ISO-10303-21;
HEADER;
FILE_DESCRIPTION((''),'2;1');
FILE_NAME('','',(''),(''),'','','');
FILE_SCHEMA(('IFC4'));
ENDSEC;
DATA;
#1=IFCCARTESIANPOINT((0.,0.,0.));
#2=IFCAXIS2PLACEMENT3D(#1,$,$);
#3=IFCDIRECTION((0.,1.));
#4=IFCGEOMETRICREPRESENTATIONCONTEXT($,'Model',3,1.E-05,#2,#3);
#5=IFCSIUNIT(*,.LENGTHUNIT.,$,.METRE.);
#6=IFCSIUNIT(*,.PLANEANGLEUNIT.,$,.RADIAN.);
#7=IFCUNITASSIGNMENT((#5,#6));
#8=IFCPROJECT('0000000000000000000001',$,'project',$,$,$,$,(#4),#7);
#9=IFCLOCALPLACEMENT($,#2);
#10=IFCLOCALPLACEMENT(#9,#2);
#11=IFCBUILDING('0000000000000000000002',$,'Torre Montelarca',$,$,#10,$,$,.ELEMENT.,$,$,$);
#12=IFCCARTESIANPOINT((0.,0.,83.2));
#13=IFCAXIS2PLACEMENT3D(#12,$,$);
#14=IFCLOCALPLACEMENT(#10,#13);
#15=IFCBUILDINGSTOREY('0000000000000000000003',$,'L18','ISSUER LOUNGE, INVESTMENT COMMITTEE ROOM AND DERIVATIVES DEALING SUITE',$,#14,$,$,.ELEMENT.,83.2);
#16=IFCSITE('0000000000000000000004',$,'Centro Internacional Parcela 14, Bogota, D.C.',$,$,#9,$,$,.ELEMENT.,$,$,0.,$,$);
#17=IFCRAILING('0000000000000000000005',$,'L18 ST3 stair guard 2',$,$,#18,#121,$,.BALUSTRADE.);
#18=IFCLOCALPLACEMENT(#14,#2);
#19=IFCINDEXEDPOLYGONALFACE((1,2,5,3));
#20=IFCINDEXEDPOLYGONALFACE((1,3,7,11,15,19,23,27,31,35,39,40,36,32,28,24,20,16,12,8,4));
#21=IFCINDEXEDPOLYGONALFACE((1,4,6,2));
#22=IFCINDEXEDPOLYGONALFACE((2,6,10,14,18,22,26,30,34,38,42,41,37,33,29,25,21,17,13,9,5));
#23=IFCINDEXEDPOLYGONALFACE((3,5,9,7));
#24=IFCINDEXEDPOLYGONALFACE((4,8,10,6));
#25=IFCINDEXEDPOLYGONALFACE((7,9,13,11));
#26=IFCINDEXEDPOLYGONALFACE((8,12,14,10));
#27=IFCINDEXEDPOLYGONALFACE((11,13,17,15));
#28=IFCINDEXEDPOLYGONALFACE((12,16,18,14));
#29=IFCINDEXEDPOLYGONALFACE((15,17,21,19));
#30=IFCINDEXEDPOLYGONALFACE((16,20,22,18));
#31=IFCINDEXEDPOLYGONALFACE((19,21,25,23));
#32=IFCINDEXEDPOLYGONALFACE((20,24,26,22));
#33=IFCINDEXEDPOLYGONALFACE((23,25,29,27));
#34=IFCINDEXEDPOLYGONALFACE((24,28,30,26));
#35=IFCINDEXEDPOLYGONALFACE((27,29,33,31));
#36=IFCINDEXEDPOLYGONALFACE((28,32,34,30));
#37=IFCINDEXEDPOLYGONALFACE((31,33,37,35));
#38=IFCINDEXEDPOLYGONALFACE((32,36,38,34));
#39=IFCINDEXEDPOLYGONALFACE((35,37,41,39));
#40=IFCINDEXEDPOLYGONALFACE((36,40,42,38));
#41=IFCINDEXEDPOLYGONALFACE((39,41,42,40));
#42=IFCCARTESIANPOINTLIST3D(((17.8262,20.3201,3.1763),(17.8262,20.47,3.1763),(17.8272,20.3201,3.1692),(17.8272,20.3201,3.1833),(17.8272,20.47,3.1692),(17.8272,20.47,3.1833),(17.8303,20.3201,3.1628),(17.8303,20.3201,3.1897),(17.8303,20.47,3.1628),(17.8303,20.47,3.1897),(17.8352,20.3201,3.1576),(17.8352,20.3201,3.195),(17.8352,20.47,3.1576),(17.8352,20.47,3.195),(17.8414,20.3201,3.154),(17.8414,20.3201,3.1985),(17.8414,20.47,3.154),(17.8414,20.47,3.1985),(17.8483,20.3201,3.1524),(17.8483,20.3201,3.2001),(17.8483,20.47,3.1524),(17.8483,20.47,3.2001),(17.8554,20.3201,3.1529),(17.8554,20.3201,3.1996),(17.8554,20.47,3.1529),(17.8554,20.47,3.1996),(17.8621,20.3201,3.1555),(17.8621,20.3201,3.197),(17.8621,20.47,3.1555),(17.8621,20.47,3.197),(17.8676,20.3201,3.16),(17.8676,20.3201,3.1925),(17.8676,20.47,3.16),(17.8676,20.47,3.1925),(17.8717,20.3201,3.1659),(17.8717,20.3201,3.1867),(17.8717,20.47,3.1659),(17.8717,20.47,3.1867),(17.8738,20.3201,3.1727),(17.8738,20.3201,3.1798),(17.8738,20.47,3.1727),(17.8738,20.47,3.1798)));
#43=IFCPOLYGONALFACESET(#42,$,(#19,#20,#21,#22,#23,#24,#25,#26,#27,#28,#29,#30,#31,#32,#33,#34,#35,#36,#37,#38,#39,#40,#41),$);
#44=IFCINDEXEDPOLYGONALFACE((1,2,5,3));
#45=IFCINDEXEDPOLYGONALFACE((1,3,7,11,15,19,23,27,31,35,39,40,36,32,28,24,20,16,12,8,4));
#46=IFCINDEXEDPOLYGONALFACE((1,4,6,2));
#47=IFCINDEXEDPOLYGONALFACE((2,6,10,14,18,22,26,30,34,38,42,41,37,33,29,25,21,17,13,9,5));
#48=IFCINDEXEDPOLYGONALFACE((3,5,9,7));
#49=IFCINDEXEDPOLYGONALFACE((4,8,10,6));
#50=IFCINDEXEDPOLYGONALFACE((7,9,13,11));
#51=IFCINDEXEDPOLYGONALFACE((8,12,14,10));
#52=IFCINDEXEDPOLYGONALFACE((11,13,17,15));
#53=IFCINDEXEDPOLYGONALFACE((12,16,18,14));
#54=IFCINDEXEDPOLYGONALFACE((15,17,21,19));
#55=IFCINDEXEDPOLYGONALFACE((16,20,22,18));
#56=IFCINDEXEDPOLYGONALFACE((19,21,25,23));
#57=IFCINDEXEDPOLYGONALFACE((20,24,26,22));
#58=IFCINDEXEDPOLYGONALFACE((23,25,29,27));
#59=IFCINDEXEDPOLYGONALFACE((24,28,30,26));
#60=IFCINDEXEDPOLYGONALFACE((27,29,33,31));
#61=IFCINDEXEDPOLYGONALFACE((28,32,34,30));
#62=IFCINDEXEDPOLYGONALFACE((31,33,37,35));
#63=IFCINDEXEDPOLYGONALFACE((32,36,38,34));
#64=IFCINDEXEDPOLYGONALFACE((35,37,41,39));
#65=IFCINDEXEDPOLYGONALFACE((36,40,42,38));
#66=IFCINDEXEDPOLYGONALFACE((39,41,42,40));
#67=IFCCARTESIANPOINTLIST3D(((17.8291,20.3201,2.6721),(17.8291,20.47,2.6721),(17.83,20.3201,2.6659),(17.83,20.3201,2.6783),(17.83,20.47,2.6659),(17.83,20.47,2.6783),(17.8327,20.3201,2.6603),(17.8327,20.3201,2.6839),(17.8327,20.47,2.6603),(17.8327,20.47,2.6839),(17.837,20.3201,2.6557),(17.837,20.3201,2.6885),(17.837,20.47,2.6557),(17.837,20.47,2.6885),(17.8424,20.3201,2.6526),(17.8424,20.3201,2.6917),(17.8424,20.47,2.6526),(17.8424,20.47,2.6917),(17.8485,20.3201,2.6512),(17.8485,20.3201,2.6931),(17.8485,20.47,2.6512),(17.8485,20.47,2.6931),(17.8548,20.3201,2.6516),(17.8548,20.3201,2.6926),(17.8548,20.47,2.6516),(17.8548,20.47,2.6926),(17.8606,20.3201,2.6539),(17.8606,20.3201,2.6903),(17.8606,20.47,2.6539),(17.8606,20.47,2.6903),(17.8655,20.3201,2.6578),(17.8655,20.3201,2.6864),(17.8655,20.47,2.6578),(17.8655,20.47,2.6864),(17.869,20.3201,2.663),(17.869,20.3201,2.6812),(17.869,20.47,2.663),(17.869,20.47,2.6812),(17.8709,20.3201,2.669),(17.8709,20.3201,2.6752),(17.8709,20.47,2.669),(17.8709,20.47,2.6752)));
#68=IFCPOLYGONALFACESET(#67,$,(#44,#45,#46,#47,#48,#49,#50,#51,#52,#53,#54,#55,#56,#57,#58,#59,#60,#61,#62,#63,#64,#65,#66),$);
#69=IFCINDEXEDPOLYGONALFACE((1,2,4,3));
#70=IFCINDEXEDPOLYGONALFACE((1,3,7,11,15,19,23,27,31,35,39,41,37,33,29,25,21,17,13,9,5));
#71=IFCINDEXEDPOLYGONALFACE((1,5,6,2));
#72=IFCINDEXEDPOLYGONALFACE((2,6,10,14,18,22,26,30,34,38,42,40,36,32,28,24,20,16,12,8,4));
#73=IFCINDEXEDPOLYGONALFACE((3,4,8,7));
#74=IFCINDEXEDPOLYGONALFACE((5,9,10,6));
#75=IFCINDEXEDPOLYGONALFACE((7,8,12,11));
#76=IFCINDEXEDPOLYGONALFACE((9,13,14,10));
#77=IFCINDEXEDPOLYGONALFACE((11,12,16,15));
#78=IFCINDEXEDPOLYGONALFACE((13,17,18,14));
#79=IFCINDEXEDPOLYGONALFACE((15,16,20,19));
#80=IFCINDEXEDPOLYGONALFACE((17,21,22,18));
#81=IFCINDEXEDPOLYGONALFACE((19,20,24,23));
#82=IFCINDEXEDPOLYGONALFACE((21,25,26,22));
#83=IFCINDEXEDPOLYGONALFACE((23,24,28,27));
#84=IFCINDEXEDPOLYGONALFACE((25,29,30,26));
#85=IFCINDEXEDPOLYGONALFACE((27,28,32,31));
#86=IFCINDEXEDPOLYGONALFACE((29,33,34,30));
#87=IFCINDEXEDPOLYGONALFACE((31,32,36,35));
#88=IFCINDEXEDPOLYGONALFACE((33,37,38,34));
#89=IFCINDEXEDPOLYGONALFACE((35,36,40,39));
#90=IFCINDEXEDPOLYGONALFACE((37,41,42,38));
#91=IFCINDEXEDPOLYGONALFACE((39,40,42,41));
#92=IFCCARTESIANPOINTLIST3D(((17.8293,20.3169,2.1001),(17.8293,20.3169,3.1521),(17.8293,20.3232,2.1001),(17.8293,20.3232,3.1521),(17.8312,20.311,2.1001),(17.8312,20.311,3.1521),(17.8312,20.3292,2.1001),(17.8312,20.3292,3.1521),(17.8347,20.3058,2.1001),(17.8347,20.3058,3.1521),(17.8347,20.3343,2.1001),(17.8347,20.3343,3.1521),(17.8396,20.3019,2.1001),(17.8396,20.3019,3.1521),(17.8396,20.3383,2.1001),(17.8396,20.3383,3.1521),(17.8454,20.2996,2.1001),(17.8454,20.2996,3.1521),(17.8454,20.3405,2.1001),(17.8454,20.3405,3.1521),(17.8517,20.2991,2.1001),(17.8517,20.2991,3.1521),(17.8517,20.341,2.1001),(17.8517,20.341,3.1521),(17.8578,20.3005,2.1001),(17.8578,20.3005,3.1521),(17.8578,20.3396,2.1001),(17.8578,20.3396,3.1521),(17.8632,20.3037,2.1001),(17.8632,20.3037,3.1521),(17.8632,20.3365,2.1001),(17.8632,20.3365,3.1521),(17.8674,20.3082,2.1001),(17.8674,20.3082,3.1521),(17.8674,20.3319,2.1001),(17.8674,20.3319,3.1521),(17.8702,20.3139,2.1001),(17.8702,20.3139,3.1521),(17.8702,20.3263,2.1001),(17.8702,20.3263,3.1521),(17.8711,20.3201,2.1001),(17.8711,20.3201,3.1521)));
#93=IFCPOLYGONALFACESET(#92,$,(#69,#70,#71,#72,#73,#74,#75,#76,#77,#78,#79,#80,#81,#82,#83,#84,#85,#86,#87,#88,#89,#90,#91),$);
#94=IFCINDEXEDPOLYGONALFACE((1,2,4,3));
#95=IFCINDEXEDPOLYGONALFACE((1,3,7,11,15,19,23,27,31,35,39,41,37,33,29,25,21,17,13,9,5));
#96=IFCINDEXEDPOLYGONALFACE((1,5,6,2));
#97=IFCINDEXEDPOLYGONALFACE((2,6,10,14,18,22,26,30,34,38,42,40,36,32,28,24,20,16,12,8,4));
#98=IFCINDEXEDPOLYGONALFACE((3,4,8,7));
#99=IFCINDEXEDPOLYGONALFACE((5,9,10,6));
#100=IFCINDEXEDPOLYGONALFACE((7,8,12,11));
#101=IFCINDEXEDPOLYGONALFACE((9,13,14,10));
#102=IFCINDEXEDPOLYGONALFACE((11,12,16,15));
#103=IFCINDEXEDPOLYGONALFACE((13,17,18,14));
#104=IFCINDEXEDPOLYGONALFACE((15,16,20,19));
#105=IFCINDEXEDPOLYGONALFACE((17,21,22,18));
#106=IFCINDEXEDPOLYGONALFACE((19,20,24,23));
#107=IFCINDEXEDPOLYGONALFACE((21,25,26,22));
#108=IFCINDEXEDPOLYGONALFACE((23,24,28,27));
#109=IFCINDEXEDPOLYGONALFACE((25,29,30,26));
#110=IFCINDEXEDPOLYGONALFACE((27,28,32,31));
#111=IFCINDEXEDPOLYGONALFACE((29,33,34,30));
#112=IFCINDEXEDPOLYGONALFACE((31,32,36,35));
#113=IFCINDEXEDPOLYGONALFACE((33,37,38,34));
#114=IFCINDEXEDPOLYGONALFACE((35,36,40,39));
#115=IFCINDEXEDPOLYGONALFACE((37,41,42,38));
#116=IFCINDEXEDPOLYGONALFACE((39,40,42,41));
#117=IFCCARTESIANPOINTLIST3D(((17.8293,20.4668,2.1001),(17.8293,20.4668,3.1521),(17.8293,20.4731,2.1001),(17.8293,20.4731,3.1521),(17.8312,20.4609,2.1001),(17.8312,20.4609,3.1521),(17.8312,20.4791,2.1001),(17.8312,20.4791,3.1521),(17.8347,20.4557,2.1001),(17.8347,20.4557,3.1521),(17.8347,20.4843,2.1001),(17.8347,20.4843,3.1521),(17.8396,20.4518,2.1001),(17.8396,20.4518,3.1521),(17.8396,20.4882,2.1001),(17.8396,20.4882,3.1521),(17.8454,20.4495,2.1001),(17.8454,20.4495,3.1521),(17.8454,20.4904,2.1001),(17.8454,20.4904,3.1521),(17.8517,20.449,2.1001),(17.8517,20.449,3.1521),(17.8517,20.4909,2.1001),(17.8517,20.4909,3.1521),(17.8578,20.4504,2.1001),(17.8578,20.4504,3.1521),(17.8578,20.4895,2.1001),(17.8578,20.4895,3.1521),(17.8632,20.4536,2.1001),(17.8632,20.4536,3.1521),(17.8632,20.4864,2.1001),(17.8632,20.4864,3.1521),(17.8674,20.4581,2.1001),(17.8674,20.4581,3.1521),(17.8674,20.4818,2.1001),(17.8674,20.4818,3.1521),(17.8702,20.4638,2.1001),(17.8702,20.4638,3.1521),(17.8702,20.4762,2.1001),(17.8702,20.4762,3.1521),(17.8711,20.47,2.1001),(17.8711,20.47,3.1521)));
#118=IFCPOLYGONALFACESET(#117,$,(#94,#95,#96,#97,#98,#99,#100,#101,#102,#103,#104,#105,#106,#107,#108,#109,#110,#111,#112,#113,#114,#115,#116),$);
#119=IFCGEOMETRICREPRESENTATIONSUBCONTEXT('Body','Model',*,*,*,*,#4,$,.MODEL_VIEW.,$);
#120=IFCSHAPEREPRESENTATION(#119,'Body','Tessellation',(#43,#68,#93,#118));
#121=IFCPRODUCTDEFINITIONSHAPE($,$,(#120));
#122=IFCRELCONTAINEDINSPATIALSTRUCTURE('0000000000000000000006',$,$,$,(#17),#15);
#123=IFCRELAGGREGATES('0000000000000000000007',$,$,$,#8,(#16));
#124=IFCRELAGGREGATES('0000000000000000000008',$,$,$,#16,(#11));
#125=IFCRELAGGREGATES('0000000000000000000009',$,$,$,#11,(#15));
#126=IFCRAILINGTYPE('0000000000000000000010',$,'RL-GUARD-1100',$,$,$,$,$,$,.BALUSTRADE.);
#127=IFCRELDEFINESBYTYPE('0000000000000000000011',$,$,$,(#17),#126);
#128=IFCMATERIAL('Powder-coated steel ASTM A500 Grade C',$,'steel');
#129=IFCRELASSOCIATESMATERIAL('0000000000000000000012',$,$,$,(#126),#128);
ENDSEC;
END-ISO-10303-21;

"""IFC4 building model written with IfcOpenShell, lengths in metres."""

from ifc_helpers import new_model, si_unit, direction, frame, origin, origin_2d, place, context, subcontext, project, spatial, circle, extrude, material, type_object, element, save


model = new_model("IFC4")

# Units and contexts
model_context = context("Model", 3, precision=1e-05, world=origin(), true_north=direction((0.0, 1.0)))
body_context = subcontext(model_context, "Body", "Model", "MODEL_VIEW")
ifc_project = project(units=[si_unit("LENGTHUNIT", "METRE"), si_unit("PLANEANGLEUNIT", "RADIAN")], contexts=[model_context])

# Site, building, storey
site_placement = place(None, origin())
site = spatial("IfcSite", under=ifc_project, at=site_placement, Name="Centro Internacional Parcela 14, Bogota, D.C.", CompositionType="ELEMENT", RefElevation=0.0)
building_placement = place(site_placement, origin())
building = spatial("IfcBuilding", under=site, at=building_placement, Name="Torre Montelarca", CompositionType="ELEMENT")
storey_placement = place(building_placement, frame((0.0, 0.0, 83.2)))
storey = spatial("IfcBuildingStorey", under=building, at=storey_placement, Name="L18", Description="ISSUER LOUNGE, INVESTMENT COMMITTEE ROOM AND DERIVATIVES DEALING SUITE", CompositionType="ELEMENT", Elevation=83.2)

# Railing
ifc_material_1 = material(Name="Powder-coated steel ASTM A500 Grade C", Category="steel")
railing_type_1 = type_object("IfcRailingType", Name="RL-GUARD-1100", PredefinedType="BALUSTRADE", material=ifc_material_1)
railing_1_placement = place(storey_placement, frame((17.8501, 20.3201, 2.1001)))
element("IfcRailing", 1, at=railing_1_placement, inside=storey, type_object=railing_type_1, Name="L18 ST3 stair guard 2", PredefinedType="BALUSTRADE", context=body_context, shape_type="SweptSolid", body=[
    extrude(circle(Radius=0.0239, at=origin_2d()), frame((0.0, 0.0, 1.0762), z_axis=(0.0, 1.0, 0.0), x_axis=(-1.0, 0.0, 0.0)), (0.0, 0.0, 1.0), 0.1499),
    extrude(circle(Radius=0.021, at=origin_2d()), frame((0.0, 0.0, 0.572), z_axis=(0.0, 1.0, 0.0), x_axis=(-1.0, 0.0, 0.0)), (0.0, 0.0, 1.0), 0.1499),
    extrude(circle(Radius=0.021, at=origin_2d()), origin(), (0.0, 0.0, 1.0), 1.052),
    extrude(circle(Radius=0.021, at=origin_2d()), frame((0.0, 0.1499, 0.0)), (0.0, 0.0, 1.0), 1.052),
])

save(model, "model.ifc")
